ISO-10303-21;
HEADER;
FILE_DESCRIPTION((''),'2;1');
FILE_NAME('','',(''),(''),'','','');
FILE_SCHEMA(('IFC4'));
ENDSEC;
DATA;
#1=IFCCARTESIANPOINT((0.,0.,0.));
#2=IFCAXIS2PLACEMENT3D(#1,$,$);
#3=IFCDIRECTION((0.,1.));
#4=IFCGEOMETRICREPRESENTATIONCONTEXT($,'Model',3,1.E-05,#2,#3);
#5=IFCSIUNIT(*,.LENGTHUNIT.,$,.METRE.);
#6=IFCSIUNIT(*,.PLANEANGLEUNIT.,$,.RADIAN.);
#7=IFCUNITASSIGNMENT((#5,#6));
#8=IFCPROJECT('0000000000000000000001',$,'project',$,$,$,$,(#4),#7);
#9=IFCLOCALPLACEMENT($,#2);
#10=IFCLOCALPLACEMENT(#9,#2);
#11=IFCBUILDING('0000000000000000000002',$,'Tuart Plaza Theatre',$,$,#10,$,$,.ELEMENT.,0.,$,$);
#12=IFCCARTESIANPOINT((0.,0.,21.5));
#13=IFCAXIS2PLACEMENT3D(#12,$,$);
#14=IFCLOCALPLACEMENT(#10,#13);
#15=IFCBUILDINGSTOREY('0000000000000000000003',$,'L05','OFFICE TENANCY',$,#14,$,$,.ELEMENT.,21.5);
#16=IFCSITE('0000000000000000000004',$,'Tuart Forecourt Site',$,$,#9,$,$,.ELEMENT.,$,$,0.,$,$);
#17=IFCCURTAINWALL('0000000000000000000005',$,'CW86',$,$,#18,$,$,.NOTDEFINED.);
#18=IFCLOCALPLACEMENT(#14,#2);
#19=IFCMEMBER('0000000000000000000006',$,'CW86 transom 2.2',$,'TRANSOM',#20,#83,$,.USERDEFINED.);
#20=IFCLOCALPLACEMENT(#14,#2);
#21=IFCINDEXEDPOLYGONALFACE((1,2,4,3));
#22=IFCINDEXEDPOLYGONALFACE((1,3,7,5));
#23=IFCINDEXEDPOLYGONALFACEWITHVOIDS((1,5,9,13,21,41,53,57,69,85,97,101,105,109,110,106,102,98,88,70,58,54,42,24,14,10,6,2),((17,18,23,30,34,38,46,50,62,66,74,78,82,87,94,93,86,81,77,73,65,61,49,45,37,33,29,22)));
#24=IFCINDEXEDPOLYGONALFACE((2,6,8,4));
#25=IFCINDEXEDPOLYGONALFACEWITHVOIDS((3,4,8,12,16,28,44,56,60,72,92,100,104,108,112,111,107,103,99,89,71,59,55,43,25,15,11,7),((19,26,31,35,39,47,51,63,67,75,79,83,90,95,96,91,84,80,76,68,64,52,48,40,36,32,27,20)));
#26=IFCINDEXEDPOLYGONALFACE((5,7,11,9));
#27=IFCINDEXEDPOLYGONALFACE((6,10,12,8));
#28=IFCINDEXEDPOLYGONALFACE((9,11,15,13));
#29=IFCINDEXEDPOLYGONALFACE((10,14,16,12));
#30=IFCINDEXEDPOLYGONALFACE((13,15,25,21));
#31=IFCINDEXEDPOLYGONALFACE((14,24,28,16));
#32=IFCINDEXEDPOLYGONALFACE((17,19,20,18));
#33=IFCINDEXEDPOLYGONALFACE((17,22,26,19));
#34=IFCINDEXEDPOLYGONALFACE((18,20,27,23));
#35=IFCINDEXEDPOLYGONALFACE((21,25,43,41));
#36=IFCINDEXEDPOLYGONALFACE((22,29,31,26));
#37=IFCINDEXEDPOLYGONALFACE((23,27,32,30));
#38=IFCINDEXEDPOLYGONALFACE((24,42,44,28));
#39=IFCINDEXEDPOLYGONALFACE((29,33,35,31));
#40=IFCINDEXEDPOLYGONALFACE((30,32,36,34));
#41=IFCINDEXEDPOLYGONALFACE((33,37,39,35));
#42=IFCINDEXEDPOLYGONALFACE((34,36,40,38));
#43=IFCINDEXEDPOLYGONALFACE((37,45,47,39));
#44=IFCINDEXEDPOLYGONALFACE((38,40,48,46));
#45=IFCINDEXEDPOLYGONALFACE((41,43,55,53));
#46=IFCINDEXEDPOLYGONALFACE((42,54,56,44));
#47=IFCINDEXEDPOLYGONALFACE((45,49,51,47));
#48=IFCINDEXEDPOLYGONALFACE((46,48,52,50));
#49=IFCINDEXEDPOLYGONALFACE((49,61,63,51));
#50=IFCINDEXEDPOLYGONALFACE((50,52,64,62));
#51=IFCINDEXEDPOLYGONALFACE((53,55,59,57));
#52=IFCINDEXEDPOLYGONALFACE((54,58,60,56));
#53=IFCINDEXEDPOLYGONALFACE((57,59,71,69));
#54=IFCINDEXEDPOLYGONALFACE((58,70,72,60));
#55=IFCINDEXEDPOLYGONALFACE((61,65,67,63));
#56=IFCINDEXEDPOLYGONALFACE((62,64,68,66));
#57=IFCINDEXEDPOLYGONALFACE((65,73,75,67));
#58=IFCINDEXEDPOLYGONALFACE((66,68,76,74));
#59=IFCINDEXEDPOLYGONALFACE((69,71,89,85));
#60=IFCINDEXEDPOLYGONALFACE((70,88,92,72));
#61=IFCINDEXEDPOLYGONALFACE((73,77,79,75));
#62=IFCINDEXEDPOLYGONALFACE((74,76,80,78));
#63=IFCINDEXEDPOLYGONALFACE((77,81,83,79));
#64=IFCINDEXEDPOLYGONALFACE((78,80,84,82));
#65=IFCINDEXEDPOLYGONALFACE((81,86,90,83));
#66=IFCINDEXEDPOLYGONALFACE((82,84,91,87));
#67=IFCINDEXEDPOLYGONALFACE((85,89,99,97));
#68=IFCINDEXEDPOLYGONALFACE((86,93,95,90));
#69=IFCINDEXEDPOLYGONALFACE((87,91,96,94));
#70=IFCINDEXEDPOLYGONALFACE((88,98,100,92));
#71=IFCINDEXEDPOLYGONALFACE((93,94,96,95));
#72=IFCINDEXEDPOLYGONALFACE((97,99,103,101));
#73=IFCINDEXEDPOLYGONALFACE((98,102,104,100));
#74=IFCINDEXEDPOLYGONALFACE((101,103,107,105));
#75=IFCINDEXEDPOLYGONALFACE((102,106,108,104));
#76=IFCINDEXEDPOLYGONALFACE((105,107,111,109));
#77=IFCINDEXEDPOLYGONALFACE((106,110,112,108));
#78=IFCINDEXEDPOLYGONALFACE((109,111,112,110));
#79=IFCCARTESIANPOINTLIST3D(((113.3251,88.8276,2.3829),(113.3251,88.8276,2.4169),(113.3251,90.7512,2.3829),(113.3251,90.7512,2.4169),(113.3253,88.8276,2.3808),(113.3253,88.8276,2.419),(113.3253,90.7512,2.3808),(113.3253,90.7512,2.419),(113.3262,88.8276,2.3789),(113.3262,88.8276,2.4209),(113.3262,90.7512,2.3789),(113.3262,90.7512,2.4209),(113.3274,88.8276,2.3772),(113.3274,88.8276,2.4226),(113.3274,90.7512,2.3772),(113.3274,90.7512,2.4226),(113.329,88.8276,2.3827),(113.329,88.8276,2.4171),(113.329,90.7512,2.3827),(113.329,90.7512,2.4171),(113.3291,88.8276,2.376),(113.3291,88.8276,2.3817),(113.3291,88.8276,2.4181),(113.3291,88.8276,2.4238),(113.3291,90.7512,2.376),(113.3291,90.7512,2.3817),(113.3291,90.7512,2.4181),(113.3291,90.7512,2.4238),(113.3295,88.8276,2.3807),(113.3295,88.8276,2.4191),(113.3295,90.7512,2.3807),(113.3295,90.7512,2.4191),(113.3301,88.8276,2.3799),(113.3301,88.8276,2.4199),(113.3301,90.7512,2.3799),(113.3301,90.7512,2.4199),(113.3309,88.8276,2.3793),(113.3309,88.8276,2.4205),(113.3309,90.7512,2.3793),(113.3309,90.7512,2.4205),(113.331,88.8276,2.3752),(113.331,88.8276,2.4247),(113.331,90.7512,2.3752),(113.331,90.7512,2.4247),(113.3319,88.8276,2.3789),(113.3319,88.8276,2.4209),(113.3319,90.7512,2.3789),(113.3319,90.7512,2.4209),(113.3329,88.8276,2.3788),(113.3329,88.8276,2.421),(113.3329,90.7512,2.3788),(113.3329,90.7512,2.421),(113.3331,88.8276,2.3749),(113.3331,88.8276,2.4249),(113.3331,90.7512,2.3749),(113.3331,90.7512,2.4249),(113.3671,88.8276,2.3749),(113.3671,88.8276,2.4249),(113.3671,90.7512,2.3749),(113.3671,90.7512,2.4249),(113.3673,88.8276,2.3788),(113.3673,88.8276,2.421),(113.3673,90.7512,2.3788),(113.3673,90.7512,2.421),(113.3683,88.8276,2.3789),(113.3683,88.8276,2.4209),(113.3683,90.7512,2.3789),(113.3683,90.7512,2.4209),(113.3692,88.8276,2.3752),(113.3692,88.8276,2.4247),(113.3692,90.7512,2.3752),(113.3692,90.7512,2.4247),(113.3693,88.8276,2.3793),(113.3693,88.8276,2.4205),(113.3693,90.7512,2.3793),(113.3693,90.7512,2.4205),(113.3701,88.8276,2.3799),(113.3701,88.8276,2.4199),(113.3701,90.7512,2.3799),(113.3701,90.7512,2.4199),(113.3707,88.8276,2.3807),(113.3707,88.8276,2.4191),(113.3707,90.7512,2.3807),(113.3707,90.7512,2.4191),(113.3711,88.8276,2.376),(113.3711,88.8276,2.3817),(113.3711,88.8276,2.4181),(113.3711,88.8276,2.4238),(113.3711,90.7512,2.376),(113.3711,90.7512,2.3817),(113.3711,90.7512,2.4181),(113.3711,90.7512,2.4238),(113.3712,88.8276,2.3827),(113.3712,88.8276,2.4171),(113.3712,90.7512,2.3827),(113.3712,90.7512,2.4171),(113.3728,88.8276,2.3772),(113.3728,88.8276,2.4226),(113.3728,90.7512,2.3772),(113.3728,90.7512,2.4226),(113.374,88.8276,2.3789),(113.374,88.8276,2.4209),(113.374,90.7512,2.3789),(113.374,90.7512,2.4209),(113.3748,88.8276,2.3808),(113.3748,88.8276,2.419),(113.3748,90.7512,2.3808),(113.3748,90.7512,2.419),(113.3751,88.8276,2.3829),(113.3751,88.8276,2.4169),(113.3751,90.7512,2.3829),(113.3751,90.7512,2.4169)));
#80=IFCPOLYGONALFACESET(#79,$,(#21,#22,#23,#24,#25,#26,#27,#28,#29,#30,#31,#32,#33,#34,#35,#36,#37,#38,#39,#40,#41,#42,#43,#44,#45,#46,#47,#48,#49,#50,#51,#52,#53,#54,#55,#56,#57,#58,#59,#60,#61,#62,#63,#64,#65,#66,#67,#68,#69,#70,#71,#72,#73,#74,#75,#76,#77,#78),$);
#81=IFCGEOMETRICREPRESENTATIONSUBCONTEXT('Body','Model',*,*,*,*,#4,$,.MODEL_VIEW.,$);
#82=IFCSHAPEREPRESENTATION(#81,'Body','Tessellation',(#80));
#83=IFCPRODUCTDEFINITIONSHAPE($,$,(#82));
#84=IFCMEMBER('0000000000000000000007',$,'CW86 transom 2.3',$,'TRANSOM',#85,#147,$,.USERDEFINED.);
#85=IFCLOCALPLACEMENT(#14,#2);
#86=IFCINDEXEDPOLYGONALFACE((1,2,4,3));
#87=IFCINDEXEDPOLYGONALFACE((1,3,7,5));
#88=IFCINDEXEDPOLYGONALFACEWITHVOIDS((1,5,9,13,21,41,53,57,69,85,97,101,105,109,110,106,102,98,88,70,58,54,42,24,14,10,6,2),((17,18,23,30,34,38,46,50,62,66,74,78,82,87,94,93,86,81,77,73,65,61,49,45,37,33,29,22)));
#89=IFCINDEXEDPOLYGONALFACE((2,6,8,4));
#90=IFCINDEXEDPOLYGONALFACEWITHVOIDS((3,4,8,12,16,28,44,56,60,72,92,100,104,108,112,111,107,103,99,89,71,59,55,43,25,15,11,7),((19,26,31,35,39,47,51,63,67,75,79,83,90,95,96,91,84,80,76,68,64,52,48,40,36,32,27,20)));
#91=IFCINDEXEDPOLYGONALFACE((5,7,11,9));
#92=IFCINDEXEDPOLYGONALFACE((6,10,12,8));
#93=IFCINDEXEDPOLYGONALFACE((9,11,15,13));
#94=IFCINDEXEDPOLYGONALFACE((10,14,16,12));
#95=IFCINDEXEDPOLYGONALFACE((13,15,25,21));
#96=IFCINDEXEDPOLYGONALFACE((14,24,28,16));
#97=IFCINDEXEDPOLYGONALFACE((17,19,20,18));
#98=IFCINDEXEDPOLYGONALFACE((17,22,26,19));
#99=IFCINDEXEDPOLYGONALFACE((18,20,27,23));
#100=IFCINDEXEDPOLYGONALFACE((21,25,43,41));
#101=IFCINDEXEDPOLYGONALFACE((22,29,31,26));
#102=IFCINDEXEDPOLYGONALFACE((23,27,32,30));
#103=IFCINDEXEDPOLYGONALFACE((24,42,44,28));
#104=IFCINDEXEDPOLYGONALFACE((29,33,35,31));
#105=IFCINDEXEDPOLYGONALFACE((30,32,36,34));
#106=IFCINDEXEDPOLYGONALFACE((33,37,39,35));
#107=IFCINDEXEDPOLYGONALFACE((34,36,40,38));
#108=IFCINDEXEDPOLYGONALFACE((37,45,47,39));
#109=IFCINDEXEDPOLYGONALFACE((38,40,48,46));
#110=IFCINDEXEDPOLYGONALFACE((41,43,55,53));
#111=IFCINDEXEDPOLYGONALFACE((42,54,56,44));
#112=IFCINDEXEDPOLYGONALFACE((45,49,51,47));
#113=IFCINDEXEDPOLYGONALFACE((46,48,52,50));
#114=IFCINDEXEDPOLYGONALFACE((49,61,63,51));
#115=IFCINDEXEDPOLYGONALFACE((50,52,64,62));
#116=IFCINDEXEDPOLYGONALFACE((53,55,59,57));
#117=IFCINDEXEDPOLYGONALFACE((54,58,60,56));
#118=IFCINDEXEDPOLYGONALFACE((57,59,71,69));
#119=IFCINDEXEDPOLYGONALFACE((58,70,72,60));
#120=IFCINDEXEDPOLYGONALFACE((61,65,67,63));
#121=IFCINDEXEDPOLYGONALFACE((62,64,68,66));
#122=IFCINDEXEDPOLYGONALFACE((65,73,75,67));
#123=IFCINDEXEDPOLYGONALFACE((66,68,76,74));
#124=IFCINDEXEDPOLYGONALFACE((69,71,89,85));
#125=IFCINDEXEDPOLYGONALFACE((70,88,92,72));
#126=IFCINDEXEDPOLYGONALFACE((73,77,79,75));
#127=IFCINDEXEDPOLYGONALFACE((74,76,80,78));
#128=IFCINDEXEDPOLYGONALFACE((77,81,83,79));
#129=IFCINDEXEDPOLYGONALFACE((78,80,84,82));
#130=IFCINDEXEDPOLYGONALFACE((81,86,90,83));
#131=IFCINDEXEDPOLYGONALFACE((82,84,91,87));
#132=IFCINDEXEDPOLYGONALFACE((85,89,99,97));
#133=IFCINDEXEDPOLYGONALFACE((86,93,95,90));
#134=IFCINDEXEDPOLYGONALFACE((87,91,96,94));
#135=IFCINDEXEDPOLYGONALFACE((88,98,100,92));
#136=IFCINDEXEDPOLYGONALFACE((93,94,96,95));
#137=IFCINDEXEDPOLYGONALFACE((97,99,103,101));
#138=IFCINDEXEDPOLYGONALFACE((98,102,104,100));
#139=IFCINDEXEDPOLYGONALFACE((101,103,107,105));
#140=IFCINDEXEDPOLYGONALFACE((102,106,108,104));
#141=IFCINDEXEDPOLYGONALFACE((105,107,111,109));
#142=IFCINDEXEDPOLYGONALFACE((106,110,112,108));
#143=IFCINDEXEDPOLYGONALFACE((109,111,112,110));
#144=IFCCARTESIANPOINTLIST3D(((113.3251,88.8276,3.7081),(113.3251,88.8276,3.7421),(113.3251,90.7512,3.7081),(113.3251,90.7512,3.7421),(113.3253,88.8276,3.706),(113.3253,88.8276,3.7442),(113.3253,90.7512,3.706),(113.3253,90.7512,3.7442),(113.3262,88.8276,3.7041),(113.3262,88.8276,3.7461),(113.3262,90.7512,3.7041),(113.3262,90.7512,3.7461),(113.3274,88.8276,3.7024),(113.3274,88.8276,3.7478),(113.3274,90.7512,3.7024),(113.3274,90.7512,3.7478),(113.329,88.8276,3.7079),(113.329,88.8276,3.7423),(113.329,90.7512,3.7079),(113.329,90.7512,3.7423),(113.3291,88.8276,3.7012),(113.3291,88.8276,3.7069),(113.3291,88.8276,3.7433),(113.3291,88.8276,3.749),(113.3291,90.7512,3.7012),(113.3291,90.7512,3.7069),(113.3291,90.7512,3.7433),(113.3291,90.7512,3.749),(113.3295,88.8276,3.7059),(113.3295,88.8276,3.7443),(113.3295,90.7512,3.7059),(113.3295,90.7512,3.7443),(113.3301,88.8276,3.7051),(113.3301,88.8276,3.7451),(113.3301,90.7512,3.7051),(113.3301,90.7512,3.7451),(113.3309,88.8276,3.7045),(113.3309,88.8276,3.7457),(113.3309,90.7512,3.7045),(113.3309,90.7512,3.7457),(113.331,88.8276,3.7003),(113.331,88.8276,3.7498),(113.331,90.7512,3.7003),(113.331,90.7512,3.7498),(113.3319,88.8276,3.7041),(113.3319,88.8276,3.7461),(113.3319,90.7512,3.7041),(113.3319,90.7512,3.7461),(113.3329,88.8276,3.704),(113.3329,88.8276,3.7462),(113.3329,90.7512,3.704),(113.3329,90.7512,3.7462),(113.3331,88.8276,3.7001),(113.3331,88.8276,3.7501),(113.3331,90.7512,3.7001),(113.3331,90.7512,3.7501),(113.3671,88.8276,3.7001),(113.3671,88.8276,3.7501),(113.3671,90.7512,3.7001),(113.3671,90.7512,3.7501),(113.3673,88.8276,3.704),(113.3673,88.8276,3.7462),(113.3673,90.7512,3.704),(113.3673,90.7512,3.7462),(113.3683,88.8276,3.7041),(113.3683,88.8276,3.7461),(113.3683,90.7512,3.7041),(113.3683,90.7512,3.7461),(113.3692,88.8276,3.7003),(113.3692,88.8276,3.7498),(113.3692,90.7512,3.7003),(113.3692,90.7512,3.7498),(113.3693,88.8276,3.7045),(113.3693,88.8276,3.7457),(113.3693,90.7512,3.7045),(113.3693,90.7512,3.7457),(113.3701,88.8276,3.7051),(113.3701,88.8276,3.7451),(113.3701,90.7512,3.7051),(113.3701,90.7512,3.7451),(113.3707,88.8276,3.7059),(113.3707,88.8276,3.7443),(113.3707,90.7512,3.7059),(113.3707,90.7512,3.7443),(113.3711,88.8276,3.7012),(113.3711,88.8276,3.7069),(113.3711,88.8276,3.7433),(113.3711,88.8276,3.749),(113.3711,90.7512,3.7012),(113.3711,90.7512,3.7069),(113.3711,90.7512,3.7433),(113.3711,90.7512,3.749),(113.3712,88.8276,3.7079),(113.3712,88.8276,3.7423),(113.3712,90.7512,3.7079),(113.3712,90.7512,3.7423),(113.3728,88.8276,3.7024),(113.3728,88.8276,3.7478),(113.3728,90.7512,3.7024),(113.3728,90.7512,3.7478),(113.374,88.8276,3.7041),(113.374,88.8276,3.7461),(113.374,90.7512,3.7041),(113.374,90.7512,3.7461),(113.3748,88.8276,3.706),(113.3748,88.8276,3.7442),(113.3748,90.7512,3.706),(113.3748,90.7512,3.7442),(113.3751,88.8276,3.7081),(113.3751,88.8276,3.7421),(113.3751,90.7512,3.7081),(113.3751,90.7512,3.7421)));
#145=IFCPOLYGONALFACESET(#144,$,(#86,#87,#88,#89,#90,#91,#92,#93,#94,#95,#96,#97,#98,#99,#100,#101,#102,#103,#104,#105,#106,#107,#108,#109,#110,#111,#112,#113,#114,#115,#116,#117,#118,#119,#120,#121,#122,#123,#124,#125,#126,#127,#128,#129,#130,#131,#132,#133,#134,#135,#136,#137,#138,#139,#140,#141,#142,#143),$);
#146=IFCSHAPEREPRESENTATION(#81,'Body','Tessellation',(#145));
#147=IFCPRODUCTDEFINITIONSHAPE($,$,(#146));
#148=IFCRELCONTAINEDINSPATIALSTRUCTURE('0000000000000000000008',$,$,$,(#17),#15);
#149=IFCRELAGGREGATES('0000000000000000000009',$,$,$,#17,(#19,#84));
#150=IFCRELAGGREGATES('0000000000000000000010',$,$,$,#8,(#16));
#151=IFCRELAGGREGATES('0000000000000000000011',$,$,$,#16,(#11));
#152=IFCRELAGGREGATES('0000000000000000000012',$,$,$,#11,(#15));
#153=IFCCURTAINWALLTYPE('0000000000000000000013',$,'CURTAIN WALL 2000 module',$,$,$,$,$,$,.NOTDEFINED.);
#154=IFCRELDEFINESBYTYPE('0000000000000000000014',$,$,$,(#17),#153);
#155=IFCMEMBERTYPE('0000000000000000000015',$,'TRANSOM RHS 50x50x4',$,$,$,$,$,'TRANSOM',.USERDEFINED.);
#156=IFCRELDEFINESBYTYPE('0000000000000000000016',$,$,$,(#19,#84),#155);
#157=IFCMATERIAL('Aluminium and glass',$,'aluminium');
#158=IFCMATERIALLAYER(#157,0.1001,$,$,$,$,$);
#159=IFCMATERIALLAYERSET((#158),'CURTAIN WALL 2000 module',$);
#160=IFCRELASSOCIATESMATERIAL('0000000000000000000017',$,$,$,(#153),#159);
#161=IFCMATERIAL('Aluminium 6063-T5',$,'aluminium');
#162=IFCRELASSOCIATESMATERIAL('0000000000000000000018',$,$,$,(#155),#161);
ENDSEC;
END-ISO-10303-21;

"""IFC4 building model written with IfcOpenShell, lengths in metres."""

from ifc_helpers import new_model, si_unit, direction, frame, origin, origin_2d, place, context, subcontext, project, spatial, hollow_rectangle, extrude, material, layer, layer_set, material_profile, profile_set, type_object, element, aggregate, save


model = new_model("IFC4")

# Units and contexts
model_context = context("Model", 3, precision=1e-05, world=origin(), true_north=direction((0.0, 1.0)))
body_context = subcontext(model_context, "Body", "Model", "MODEL_VIEW")
ifc_project = project(units=[si_unit("LENGTHUNIT", "METRE"), si_unit("PLANEANGLEUNIT", "RADIAN")], contexts=[model_context])

# Site, building, storey
site_placement = place(None, origin())
site = spatial("IfcSite", under=ifc_project, at=site_placement, Name="Tuart Forecourt Site", CompositionType="ELEMENT", RefElevation=0.0)
building_placement = place(site_placement, origin())
building = spatial("IfcBuilding", under=site, at=building_placement, Name="Tuart Plaza Theatre", CompositionType="ELEMENT", ElevationOfRefHeight=0.0)
storey_placement = place(building_placement, frame((0.0, 0.0, 21.5)))
storey = spatial("IfcBuildingStorey", under=building, at=storey_placement, Name="L05", Description="OFFICE TENANCY", CompositionType="ELEMENT", Elevation=21.5)

# Shared definitions
ifc_material_1 = material(Name="Aluminium and glass", Category="aluminium")
ifc_layer_1 = layer(ifc_material_1, 0.1001)
ifc_layer_set_1 = layer_set([ifc_layer_1], Name="CURTAIN WALL 2000 module")
curtain_wall_type = type_object("IfcCurtainWallType", Name="CURTAIN WALL 2000 module", PredefinedType="NOTDEFINED", material=ifc_layer_set_1)

# Curtain wall
curtain_wall_1_placement = place(storey_placement, origin())
curtain_wall_1 = element("IfcCurtainWall", 1, at=curtain_wall_1_placement, inside=storey, type_object=curtain_wall_type, Name="CW86", PredefinedType="NOTDEFINED")

# Members
ifc_material_2 = material(Name="Aluminium 6063-T5", Category="aluminium")
ifc_material_profile_1 = material_profile(ifc_material_2, hollow_rectangle(XDim=0.05, YDim=0.05, WallThickness=0.0039, InnerFilletRadius=0.0039, OuterFilletRadius=0.0081, at=origin_2d()), Name="RHS 50x50x4")
ifc_profile_set_1 = profile_set([ifc_material_profile_1], Name="Aluminium 6063-T5")
member_type_1 = type_object("IfcMemberType", Name="TRANSOM RHS 50x50x4", ElementType="TRANSOM", PredefinedType="USERDEFINED", material=ifc_profile_set_1)
member_1_placement = place(storey_placement, frame((113.3501, 90.7512, 2.3999), z_axis=(0.0, -1.0, 0.0), x_axis=(1.0, 0.0, 0.0)))
member_1 = element("IfcMember", 2, at=member_1_placement, type_object=member_type_1, Name="CW86 transom 2.2", ObjectType="TRANSOM", PredefinedType="USERDEFINED", context=body_context, shape_type="SweptSolid", body=[
    extrude(hollow_rectangle(XDim=0.05, YDim=0.05, WallThickness=0.0039, InnerFilletRadius=0.0039, OuterFilletRadius=0.0081, at=origin_2d()), origin(), (0.0, 0.0, 1.0), 1.9236),
])
member_2_placement = place(storey_placement, frame((113.3501, 90.7512, 3.7251), z_axis=(0.0, -1.0, 0.0), x_axis=(1.0, 0.0, 0.0)))
member_2 = element("IfcMember", 3, at=member_2_placement, type_object=member_type_1, Name="CW86 transom 2.3", ObjectType="TRANSOM", PredefinedType="USERDEFINED", context=body_context, shape_type="SweptSolid", body=[
    extrude(hollow_rectangle(XDim=0.05, YDim=0.05, WallThickness=0.0039, InnerFilletRadius=0.0039, OuterFilletRadius=0.0081, at=origin_2d()), origin(), (0.0, 0.0, 1.0), 1.9236),
])

aggregate(curtain_wall_1, [member_1, member_2])

save(model, "model.ifc")
